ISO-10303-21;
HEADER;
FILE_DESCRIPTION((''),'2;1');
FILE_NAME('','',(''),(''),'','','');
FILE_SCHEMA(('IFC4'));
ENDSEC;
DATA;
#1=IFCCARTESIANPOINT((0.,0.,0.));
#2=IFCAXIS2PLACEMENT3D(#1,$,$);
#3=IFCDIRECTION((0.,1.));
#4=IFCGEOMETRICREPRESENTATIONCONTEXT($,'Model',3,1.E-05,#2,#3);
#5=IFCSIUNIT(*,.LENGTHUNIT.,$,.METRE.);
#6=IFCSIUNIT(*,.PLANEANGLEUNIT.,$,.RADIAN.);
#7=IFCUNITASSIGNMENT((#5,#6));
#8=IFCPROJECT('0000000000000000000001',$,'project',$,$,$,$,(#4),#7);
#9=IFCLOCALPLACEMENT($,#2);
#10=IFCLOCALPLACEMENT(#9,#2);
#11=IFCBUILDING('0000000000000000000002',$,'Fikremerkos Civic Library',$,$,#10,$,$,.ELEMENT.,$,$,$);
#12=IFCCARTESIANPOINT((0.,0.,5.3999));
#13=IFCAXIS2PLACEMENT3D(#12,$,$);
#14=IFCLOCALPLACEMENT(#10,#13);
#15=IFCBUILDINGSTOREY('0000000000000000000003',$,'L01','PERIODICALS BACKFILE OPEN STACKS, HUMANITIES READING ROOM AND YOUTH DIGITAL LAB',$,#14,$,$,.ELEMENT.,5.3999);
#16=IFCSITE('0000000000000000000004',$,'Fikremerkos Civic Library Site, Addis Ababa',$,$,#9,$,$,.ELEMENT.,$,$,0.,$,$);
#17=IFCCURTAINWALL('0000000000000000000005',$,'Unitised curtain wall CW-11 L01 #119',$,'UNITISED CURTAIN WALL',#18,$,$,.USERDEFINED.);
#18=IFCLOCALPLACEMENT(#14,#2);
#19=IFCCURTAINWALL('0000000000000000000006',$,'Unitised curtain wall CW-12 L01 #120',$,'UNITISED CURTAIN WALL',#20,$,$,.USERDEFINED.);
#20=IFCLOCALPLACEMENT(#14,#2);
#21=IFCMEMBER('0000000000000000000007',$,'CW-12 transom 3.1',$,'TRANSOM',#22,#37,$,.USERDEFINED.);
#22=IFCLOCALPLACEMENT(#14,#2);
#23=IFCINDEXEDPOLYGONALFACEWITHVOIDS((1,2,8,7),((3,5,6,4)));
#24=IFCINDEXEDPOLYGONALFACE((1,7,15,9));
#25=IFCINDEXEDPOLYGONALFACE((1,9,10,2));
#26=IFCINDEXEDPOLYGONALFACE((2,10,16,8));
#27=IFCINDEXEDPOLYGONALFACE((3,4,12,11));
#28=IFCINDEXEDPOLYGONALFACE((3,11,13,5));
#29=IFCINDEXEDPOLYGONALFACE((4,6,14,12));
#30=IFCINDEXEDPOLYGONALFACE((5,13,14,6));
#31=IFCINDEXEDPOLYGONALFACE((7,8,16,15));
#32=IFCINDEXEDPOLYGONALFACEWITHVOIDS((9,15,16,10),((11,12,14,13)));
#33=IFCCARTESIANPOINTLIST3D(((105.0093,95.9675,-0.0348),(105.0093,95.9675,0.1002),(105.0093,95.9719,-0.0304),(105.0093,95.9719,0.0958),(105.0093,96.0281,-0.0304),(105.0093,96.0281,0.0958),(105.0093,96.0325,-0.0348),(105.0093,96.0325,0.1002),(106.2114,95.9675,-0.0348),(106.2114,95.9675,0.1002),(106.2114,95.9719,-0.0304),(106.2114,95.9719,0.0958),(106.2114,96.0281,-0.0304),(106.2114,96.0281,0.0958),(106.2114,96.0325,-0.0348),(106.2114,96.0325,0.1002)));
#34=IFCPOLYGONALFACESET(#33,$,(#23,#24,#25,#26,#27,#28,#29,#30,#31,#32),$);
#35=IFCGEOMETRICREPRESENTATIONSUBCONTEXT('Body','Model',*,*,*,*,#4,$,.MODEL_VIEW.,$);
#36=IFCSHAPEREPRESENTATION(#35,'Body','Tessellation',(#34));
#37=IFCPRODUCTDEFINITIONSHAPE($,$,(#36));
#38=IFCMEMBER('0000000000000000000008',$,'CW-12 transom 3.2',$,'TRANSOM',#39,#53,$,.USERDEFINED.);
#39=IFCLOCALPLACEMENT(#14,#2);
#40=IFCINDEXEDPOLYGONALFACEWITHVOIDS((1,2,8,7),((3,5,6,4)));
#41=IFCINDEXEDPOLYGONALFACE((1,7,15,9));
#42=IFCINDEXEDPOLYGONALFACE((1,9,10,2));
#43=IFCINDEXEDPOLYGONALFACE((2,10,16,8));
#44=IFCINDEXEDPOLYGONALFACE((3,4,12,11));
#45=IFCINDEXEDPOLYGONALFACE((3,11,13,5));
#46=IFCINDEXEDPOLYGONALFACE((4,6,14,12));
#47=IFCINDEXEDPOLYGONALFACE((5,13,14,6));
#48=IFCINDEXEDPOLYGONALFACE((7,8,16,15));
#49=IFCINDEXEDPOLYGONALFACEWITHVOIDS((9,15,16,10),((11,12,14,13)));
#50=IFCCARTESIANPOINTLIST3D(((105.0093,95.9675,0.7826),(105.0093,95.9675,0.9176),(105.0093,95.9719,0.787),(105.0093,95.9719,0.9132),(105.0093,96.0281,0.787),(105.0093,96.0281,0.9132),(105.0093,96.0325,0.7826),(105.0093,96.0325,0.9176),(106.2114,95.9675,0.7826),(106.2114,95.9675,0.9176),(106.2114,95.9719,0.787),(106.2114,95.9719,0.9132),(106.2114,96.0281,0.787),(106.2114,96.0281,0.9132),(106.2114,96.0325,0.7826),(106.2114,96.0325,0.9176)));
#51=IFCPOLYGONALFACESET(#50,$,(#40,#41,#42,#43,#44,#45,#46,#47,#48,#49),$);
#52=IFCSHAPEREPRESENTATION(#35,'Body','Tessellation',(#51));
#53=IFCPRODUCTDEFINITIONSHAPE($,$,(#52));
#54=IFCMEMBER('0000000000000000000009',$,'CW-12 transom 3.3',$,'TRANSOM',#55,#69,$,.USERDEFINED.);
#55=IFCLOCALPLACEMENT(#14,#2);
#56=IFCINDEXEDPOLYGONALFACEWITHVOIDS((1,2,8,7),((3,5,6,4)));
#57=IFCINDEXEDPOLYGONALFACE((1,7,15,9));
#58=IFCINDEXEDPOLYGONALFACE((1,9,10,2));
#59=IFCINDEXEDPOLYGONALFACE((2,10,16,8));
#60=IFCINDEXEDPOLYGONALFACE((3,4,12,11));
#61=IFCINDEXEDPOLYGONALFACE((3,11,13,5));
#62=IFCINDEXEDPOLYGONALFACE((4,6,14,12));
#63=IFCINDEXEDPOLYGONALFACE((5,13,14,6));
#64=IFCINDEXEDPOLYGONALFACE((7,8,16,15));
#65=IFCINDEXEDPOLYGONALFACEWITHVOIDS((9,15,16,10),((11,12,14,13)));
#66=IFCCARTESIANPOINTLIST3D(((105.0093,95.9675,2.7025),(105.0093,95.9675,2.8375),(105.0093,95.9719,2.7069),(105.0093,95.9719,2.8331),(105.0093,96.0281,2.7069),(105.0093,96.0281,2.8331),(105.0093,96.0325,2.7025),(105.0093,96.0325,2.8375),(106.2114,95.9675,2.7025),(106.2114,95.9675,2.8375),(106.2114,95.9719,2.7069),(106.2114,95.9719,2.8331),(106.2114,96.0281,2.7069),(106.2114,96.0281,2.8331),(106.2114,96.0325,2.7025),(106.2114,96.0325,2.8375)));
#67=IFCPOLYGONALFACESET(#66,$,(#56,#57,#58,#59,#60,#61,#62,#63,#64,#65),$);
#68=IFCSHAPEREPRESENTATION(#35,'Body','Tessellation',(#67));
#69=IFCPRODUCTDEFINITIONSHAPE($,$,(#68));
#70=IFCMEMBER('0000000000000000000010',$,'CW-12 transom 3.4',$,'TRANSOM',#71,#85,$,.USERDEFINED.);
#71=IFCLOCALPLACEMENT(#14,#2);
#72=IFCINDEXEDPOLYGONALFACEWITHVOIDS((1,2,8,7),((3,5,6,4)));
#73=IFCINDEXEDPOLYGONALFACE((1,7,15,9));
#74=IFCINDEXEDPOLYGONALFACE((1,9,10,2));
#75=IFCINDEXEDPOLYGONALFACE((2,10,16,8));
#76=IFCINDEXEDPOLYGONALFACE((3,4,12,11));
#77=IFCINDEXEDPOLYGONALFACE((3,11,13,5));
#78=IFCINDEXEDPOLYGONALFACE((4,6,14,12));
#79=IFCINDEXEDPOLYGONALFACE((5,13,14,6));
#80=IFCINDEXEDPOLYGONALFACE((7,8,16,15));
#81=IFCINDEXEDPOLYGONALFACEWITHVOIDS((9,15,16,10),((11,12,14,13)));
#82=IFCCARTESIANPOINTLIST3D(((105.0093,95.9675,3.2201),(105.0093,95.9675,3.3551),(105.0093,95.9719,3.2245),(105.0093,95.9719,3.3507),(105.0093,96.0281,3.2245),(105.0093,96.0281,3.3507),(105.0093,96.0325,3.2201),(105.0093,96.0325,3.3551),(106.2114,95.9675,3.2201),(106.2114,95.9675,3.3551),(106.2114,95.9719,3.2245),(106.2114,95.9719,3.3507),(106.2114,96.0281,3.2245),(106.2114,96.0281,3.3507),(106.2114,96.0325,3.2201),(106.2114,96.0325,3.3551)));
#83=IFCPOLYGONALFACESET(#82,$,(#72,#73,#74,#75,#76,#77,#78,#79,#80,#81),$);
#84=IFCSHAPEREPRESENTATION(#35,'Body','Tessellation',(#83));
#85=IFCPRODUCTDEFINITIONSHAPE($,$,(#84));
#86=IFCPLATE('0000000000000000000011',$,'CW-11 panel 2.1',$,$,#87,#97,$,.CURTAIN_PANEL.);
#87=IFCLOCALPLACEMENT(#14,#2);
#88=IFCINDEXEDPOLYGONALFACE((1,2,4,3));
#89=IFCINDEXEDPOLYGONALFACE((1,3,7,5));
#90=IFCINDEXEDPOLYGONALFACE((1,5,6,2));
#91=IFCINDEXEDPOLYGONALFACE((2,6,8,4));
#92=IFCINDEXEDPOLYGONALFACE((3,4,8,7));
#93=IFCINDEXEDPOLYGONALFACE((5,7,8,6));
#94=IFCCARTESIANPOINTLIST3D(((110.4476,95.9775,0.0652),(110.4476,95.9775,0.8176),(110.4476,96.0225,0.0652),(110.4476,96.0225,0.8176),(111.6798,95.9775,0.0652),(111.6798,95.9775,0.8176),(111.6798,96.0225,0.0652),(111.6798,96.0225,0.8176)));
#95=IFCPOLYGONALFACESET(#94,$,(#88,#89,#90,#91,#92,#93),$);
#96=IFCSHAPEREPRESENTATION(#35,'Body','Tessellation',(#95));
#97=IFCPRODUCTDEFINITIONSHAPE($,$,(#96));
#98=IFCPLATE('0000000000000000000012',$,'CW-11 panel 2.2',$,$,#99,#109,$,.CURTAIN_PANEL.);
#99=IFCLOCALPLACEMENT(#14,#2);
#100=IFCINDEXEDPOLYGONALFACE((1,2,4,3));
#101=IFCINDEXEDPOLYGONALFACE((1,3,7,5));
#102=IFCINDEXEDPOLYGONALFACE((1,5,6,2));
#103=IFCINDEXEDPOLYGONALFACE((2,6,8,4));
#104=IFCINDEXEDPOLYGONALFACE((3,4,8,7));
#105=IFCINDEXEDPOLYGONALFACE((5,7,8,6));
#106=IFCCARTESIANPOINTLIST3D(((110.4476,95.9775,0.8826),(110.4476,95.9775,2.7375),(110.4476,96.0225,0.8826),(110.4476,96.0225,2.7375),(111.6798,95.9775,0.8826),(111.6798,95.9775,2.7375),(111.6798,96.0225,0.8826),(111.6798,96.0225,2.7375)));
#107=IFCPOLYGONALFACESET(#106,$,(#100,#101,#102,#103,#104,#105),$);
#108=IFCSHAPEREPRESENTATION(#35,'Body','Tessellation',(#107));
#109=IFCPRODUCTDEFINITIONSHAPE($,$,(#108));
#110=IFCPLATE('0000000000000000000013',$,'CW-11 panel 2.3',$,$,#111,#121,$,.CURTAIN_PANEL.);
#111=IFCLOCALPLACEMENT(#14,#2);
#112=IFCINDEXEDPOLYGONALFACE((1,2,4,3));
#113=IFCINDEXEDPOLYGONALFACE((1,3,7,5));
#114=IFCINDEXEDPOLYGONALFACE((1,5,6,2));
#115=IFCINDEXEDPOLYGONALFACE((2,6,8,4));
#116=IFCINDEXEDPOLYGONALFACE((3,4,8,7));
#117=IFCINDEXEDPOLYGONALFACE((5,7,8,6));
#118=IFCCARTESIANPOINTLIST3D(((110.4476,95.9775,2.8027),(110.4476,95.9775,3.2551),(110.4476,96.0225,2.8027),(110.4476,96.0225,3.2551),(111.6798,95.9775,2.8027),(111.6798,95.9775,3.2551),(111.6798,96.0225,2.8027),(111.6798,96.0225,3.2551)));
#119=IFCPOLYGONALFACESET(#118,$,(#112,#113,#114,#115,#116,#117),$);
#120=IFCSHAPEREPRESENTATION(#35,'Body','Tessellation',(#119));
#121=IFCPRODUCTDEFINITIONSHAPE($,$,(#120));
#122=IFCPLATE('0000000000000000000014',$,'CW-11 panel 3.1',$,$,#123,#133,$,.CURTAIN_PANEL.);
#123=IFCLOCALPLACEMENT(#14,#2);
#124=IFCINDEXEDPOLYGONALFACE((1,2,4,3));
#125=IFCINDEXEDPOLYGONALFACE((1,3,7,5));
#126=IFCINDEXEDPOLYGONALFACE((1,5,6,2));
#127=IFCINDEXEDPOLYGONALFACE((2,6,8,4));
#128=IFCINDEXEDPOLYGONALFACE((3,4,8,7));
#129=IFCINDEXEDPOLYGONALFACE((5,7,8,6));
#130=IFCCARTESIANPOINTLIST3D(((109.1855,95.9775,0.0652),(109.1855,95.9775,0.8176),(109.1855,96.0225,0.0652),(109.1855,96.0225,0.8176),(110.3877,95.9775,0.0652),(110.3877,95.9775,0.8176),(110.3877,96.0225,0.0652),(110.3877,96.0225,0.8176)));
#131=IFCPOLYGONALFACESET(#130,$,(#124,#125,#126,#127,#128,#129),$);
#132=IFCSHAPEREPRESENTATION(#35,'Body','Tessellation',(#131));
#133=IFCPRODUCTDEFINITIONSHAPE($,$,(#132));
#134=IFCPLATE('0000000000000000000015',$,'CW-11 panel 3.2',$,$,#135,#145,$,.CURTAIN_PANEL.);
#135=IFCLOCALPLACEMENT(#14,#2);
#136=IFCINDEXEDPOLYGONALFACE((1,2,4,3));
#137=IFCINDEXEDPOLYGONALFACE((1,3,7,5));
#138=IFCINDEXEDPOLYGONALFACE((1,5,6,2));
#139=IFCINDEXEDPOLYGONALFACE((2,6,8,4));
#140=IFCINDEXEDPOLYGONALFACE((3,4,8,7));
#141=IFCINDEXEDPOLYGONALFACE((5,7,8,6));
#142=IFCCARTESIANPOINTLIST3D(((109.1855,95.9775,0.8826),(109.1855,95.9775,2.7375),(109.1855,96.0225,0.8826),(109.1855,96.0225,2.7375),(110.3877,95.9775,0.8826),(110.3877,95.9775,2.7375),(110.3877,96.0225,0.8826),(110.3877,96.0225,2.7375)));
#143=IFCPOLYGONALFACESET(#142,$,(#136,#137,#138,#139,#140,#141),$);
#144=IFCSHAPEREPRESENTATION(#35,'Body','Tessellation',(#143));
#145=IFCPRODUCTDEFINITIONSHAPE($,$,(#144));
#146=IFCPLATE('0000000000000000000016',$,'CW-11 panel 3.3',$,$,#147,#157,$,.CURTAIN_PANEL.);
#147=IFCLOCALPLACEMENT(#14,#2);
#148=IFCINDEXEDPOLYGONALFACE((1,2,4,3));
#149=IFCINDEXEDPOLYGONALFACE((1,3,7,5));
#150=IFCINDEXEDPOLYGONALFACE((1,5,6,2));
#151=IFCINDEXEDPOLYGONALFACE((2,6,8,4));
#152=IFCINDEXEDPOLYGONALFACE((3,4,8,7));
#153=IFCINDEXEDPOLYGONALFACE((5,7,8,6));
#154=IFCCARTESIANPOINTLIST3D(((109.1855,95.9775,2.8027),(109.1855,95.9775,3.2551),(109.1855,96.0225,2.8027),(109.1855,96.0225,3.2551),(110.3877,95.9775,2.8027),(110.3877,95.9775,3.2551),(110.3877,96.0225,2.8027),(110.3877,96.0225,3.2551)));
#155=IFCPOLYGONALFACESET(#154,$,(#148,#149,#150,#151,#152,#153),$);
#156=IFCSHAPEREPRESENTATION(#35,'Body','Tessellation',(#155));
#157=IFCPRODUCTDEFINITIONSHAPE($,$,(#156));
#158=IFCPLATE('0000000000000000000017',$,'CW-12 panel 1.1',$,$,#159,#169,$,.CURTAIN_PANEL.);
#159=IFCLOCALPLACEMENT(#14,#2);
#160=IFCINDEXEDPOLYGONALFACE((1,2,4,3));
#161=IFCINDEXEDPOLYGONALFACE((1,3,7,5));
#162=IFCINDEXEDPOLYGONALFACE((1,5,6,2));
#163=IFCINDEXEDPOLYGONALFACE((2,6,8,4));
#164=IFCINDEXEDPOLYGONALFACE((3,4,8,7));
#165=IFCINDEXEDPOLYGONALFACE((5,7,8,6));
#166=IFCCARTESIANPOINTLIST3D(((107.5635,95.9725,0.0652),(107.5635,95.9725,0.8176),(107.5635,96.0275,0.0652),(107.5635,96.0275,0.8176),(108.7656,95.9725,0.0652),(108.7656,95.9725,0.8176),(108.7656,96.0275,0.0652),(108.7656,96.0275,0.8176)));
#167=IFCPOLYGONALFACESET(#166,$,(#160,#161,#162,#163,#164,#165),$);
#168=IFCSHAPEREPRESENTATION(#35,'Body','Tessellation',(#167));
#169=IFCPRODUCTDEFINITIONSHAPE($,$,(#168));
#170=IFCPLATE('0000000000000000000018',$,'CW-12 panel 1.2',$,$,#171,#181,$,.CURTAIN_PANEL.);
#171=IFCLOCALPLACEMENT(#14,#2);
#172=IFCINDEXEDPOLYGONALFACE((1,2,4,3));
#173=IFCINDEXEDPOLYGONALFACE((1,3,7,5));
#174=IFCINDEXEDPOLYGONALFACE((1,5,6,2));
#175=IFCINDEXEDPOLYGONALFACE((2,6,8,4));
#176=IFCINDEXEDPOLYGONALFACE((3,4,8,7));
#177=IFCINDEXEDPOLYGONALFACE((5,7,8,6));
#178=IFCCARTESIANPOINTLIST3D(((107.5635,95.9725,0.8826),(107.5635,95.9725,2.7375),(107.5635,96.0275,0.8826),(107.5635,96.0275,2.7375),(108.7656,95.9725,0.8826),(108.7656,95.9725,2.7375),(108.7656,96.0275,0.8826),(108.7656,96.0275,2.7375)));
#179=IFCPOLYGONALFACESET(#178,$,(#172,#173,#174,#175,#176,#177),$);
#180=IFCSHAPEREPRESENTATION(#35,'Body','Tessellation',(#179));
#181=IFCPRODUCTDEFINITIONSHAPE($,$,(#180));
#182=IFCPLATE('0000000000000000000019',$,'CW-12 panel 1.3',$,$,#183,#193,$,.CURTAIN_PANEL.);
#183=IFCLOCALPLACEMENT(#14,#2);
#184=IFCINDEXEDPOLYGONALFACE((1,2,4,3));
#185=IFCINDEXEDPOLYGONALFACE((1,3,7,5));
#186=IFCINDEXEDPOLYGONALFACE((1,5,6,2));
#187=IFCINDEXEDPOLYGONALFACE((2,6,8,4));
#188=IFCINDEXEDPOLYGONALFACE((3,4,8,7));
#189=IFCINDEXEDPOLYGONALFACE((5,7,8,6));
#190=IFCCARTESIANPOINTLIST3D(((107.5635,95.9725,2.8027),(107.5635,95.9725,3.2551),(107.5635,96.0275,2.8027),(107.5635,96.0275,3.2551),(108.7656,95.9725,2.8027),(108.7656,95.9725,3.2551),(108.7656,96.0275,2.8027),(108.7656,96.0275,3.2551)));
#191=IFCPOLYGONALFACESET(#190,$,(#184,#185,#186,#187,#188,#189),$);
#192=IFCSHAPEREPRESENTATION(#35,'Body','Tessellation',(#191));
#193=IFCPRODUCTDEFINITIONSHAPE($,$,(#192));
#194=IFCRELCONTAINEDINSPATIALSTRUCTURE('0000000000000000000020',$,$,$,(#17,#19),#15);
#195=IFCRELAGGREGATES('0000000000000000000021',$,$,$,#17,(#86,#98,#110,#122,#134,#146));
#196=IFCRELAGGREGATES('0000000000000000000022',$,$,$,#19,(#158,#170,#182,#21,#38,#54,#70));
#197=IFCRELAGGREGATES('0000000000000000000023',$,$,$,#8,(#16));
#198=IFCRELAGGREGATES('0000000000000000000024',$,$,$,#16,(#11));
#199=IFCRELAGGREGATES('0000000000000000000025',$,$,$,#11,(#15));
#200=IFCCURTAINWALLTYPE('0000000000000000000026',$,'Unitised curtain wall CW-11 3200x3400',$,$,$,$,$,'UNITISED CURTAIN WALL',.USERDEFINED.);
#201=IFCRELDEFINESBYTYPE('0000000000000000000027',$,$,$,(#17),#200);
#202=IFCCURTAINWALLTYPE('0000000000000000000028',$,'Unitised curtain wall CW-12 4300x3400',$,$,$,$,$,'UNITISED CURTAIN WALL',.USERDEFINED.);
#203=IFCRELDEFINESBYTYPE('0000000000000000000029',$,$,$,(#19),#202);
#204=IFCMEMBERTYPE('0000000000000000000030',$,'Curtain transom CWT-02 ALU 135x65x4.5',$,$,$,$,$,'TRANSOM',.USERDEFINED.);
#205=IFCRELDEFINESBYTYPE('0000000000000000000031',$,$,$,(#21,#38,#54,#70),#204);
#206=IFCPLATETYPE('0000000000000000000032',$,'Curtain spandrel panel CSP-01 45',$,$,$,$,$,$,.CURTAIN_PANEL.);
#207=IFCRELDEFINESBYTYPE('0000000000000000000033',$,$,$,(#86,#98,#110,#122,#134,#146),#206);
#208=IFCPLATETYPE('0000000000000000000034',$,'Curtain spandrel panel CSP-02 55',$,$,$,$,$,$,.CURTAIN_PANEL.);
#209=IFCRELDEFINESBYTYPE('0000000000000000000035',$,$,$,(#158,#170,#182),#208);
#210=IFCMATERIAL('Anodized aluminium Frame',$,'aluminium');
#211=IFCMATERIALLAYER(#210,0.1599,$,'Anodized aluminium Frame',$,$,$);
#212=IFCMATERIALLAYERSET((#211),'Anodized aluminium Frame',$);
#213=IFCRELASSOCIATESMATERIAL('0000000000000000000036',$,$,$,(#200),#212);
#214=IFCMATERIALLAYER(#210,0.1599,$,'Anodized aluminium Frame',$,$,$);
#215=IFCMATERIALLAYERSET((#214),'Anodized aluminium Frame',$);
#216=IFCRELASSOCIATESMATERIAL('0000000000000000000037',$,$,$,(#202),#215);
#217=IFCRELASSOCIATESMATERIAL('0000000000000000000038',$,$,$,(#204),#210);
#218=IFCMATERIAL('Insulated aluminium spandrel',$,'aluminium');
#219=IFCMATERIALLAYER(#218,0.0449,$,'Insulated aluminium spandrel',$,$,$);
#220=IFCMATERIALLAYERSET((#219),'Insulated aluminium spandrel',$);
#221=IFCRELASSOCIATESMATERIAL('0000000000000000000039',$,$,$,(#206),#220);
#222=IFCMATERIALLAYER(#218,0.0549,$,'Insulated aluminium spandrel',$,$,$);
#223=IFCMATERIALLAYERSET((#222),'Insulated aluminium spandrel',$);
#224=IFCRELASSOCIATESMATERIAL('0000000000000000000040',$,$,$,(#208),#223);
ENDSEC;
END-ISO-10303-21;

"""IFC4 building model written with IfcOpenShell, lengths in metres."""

from ifc_helpers import new_model, si_unit, direction, frame, origin, origin_2d, place, context, subcontext, project, spatial, rectangle, hollow_rectangle, extrude, material, layer, layer_set, material_profile, profile_set, type_object, element, aggregate, save


model = new_model("IFC4")

# Units and contexts
model_context = context("Model", 3, precision=1e-05, world=origin(), true_north=direction((0.0, 1.0)))
body_context = subcontext(model_context, "Body", "Model", "MODEL_VIEW")
ifc_project = project(units=[si_unit("LENGTHUNIT", "METRE"), si_unit("PLANEANGLEUNIT", "RADIAN")], contexts=[model_context])

# Site, building, storey
site_placement = place(None, origin())
site = spatial("IfcSite", under=ifc_project, at=site_placement, Name="Fikremerkos Civic Library Site, Addis Ababa", CompositionType="ELEMENT", RefElevation=0.0)
building_placement = place(site_placement, origin())
building = spatial("IfcBuilding", under=site, at=building_placement, Name="Fikremerkos Civic Library", CompositionType="ELEMENT")
storey_placement = place(building_placement, frame((0.0, 0.0, 5.3999)))
storey = spatial("IfcBuildingStorey", under=building, at=storey_placement, Name="L01", Description="PERIODICALS BACKFILE OPEN STACKS, HUMANITIES READING ROOM AND YOUTH DIGITAL LAB", CompositionType="ELEMENT", Elevation=5.3999)

# Curtain walls
ifc_material_1 = material(Name="Anodized aluminium Frame", Category="aluminium")
ifc_layer_1 = layer(ifc_material_1, 0.1599, Name="Anodized aluminium Frame")
ifc_layer_set_1 = layer_set([ifc_layer_1], Name="Anodized aluminium Frame")
curtain_wall_type_1 = type_object("IfcCurtainWallType", Name="Unitised curtain wall CW-11 3200x3400", ElementType="UNITISED CURTAIN WALL", PredefinedType="USERDEFINED", material=ifc_layer_set_1)
curtain_wall_1_placement = place(storey_placement, origin())
curtain_wall_1 = element("IfcCurtainWall", 1, at=curtain_wall_1_placement, inside=storey, type_object=curtain_wall_type_1, Name="Unitised curtain wall CW-11 L01 #119", ObjectType="UNITISED CURTAIN WALL", PredefinedType="USERDEFINED")
ifc_layer_2 = layer(ifc_material_1, 0.1599, Name="Anodized aluminium Frame")
ifc_layer_set_2 = layer_set([ifc_layer_2], Name="Anodized aluminium Frame")
curtain_wall_type_2 = type_object("IfcCurtainWallType", Name="Unitised curtain wall CW-12 4300x3400", ElementType="UNITISED CURTAIN WALL", PredefinedType="USERDEFINED", material=ifc_layer_set_2)
curtain_wall_2_placement = place(storey_placement, origin())
curtain_wall_2 = element("IfcCurtainWall", 2, at=curtain_wall_2_placement, inside=storey, type_object=curtain_wall_type_2, Name="Unitised curtain wall CW-12 L01 #120", ObjectType="UNITISED CURTAIN WALL", PredefinedType="USERDEFINED")

# Members
ifc_material_profile_1 = material_profile(ifc_material_1, hollow_rectangle(XDim=0.0649, YDim=0.135, WallThickness=0.0044, at=origin_2d()), Name="ALU 135x65x4.5")
ifc_profile_set_1 = profile_set([ifc_material_profile_1], Name="Anodized aluminium Frame")
member_type_1 = type_object("IfcMemberType", Name="Curtain transom CWT-02 ALU 135x65x4.5", ElementType="TRANSOM", PredefinedType="USERDEFINED", material=ifc_profile_set_1)
member_1_placement = place(storey_placement, frame((106.2114, 96.0, 0.0327), z_axis=(-1.0, 0.0, 0.0), x_axis=(0.0, -1.0, 0.0)))
member_1 = element("IfcMember", 3, at=member_1_placement, type_object=member_type_1, Name="CW-12 transom 3.1", ObjectType="TRANSOM", PredefinedType="USERDEFINED", context=body_context, shape_type="SweptSolid", body=[
    extrude(hollow_rectangle(XDim=0.0649, YDim=0.135, WallThickness=0.0044, at=origin_2d()), origin(), (0.0, 0.0, 1.0), 1.2021),
])
member_2_placement = place(storey_placement, frame((106.2114, 96.0, 0.8501), z_axis=(-1.0, 0.0, 0.0), x_axis=(0.0, -1.0, 0.0)))
member_2 = element("IfcMember", 4, at=member_2_placement, type_object=member_type_1, Name="CW-12 transom 3.2", ObjectType="TRANSOM", PredefinedType="USERDEFINED", context=body_context, shape_type="SweptSolid", body=[
    extrude(hollow_rectangle(XDim=0.0649, YDim=0.135, WallThickness=0.0044, at=origin_2d()), origin(), (0.0, 0.0, 1.0), 1.2021),
])
member_3_placement = place(storey_placement, frame((106.2114, 96.0, 2.77), z_axis=(-1.0, 0.0, 0.0), x_axis=(0.0, -1.0, 0.0)))
member_3 = element("IfcMember", 5, at=member_3_placement, type_object=member_type_1, Name="CW-12 transom 3.3", ObjectType="TRANSOM", PredefinedType="USERDEFINED", context=body_context, shape_type="SweptSolid", body=[
    extrude(hollow_rectangle(XDim=0.0649, YDim=0.135, WallThickness=0.0044, at=origin_2d()), origin(), (0.0, 0.0, 1.0), 1.2021),
])
member_4_placement = place(storey_placement, frame((106.2114, 96.0, 3.2876), z_axis=(-1.0, 0.0, 0.0), x_axis=(0.0, -1.0, 0.0)))
member_4 = element("IfcMember", 6, at=member_4_placement, type_object=member_type_1, Name="CW-12 transom 3.4", ObjectType="TRANSOM", PredefinedType="USERDEFINED", context=body_context, shape_type="SweptSolid", body=[
    extrude(hollow_rectangle(XDim=0.0649, YDim=0.135, WallThickness=0.0044, at=origin_2d()), origin(), (0.0, 0.0, 1.0), 1.2021),
])

# Plates
ifc_material_2 = material(Name="Insulated aluminium spandrel", Category="aluminium")
ifc_layer_3 = layer(ifc_material_2, 0.0449, Name="Insulated aluminium spandrel")
ifc_layer_set_3 = layer_set([ifc_layer_3], Name="Insulated aluminium spandrel")
plate_type_1 = type_object("IfcPlateType", Name="Curtain spandrel panel CSP-01 45", PredefinedType="CURTAIN_PANEL", material=ifc_layer_set_3)
plate_1_placement = place(storey_placement, frame((111.0637, 96.0, 0.0652), z_axis=(0.0, 0.0, 1.0), x_axis=(-1.0, 0.0, 0.0)))
plate_1 = element("IfcPlate", 7, at=plate_1_placement, type_object=plate_type_1, Name="CW-11 panel 2.1", PredefinedType="CURTAIN_PANEL", context=body_context, shape_type="SweptSolid", body=[
    extrude(rectangle(XDim=1.2322, YDim=0.0449, at=origin_2d()), origin(), (0.0, 0.0, 1.0), 0.7524),
])
plate_2_placement = place(storey_placement, frame((111.0637, 96.0, 0.8826), z_axis=(0.0, 0.0, 1.0), x_axis=(-1.0, 0.0, 0.0)))
plate_2 = element("IfcPlate", 8, at=plate_2_placement, type_object=plate_type_1, Name="CW-11 panel 2.2", PredefinedType="CURTAIN_PANEL", context=body_context, shape_type="SweptSolid", body=[
    extrude(rectangle(XDim=1.2322, YDim=0.0449, at=origin_2d()), origin(), (0.0, 0.0, 1.0), 1.855),
])
plate_3_placement = place(storey_placement, frame((111.0637, 96.0, 2.8027), z_axis=(0.0, 0.0, 1.0), x_axis=(-1.0, 0.0, 0.0)))
plate_3 = element("IfcPlate", 9, at=plate_3_placement, type_object=plate_type_1, Name="CW-11 panel 2.3", PredefinedType="CURTAIN_PANEL", context=body_context, shape_type="SweptSolid", body=[
    extrude(rectangle(XDim=1.2322, YDim=0.0449, at=origin_2d()), origin(), (0.0, 0.0, 1.0), 0.4524),
])
plate_4_placement = place(storey_placement, frame((109.7866, 96.0, 0.0652), z_axis=(0.0, 0.0, 1.0), x_axis=(-1.0, 0.0, 0.0)))
plate_4 = element("IfcPlate", 10, at=plate_4_placement, type_object=plate_type_1, Name="CW-11 panel 3.1", PredefinedType="CURTAIN_PANEL", context=body_context, shape_type="SweptSolid", body=[
    extrude(rectangle(XDim=1.2021, YDim=0.0449, at=origin_2d()), origin(), (0.0, 0.0, 1.0), 0.7524),
])
plate_5_placement = place(storey_placement, frame((109.7866, 96.0, 0.8826), z_axis=(0.0, 0.0, 1.0), x_axis=(-1.0, 0.0, 0.0)))
plate_5 = element("IfcPlate", 11, at=plate_5_placement, type_object=plate_type_1, Name="CW-11 panel 3.2", PredefinedType="CURTAIN_PANEL", context=body_context, shape_type="SweptSolid", body=[
    extrude(rectangle(XDim=1.2021, YDim=0.0449, at=origin_2d()), origin(), (0.0, 0.0, 1.0), 1.855),
])
plate_6_placement = place(storey_placement, frame((109.7866, 96.0, 2.8027), z_axis=(0.0, 0.0, 1.0), x_axis=(-1.0, 0.0, 0.0)))
plate_6 = element("IfcPlate", 12, at=plate_6_placement, type_object=plate_type_1, Name="CW-11 panel 3.3", PredefinedType="CURTAIN_PANEL", context=body_context, shape_type="SweptSolid", body=[
    extrude(rectangle(XDim=1.2021, YDim=0.0449, at=origin_2d()), origin(), (0.0, 0.0, 1.0), 0.4524),
])
aggregate(curtain_wall_1, [plate_1, plate_2, plate_3, plate_4, plate_5, plate_6])
ifc_layer_4 = layer(ifc_material_2, 0.0549, Name="Insulated aluminium spandrel")
ifc_layer_set_4 = layer_set([ifc_layer_4], Name="Insulated aluminium spandrel")
plate_type_2 = type_object("IfcPlateType", Name="Curtain spandrel panel CSP-02 55", PredefinedType="CURTAIN_PANEL", material=ifc_layer_set_4)
plate_7_placement = place(storey_placement, frame((108.1646, 96.0, 0.0652), z_axis=(0.0, 0.0, 1.0), x_axis=(-1.0, 0.0, 0.0)))
plate_7 = element("IfcPlate", 13, at=plate_7_placement, type_object=plate_type_2, Name="CW-12 panel 1.1", PredefinedType="CURTAIN_PANEL", context=body_context, shape_type="SweptSolid", body=[
    extrude(rectangle(XDim=1.2021, YDim=0.0549, at=origin_2d()), origin(), (0.0, 0.0, 1.0), 0.7524),
])
plate_8_placement = place(storey_placement, frame((108.1646, 96.0, 0.8826), z_axis=(0.0, 0.0, 1.0), x_axis=(-1.0, 0.0, 0.0)))
plate_8 = element("IfcPlate", 14, at=plate_8_placement, type_object=plate_type_2, Name="CW-12 panel 1.2", PredefinedType="CURTAIN_PANEL", context=body_context, shape_type="SweptSolid", body=[
    extrude(rectangle(XDim=1.2021, YDim=0.0549, at=origin_2d()), origin(), (0.0, 0.0, 1.0), 1.855),
])
plate_9_placement = place(storey_placement, frame((108.1646, 96.0, 2.8027), z_axis=(0.0, 0.0, 1.0), x_axis=(-1.0, 0.0, 0.0)))
plate_9 = element("IfcPlate", 15, at=plate_9_placement, type_object=plate_type_2, Name="CW-12 panel 1.3", PredefinedType="CURTAIN_PANEL", context=body_context, shape_type="SweptSolid", body=[
    extrude(rectangle(XDim=1.2021, YDim=0.0549, at=origin_2d()), origin(), (0.0, 0.0, 1.0), 0.4524),
])
aggregate(curtain_wall_2, [plate_7, plate_8, plate_9, member_1, member_2, member_3, member_4])

save(model, "model.ifc")
